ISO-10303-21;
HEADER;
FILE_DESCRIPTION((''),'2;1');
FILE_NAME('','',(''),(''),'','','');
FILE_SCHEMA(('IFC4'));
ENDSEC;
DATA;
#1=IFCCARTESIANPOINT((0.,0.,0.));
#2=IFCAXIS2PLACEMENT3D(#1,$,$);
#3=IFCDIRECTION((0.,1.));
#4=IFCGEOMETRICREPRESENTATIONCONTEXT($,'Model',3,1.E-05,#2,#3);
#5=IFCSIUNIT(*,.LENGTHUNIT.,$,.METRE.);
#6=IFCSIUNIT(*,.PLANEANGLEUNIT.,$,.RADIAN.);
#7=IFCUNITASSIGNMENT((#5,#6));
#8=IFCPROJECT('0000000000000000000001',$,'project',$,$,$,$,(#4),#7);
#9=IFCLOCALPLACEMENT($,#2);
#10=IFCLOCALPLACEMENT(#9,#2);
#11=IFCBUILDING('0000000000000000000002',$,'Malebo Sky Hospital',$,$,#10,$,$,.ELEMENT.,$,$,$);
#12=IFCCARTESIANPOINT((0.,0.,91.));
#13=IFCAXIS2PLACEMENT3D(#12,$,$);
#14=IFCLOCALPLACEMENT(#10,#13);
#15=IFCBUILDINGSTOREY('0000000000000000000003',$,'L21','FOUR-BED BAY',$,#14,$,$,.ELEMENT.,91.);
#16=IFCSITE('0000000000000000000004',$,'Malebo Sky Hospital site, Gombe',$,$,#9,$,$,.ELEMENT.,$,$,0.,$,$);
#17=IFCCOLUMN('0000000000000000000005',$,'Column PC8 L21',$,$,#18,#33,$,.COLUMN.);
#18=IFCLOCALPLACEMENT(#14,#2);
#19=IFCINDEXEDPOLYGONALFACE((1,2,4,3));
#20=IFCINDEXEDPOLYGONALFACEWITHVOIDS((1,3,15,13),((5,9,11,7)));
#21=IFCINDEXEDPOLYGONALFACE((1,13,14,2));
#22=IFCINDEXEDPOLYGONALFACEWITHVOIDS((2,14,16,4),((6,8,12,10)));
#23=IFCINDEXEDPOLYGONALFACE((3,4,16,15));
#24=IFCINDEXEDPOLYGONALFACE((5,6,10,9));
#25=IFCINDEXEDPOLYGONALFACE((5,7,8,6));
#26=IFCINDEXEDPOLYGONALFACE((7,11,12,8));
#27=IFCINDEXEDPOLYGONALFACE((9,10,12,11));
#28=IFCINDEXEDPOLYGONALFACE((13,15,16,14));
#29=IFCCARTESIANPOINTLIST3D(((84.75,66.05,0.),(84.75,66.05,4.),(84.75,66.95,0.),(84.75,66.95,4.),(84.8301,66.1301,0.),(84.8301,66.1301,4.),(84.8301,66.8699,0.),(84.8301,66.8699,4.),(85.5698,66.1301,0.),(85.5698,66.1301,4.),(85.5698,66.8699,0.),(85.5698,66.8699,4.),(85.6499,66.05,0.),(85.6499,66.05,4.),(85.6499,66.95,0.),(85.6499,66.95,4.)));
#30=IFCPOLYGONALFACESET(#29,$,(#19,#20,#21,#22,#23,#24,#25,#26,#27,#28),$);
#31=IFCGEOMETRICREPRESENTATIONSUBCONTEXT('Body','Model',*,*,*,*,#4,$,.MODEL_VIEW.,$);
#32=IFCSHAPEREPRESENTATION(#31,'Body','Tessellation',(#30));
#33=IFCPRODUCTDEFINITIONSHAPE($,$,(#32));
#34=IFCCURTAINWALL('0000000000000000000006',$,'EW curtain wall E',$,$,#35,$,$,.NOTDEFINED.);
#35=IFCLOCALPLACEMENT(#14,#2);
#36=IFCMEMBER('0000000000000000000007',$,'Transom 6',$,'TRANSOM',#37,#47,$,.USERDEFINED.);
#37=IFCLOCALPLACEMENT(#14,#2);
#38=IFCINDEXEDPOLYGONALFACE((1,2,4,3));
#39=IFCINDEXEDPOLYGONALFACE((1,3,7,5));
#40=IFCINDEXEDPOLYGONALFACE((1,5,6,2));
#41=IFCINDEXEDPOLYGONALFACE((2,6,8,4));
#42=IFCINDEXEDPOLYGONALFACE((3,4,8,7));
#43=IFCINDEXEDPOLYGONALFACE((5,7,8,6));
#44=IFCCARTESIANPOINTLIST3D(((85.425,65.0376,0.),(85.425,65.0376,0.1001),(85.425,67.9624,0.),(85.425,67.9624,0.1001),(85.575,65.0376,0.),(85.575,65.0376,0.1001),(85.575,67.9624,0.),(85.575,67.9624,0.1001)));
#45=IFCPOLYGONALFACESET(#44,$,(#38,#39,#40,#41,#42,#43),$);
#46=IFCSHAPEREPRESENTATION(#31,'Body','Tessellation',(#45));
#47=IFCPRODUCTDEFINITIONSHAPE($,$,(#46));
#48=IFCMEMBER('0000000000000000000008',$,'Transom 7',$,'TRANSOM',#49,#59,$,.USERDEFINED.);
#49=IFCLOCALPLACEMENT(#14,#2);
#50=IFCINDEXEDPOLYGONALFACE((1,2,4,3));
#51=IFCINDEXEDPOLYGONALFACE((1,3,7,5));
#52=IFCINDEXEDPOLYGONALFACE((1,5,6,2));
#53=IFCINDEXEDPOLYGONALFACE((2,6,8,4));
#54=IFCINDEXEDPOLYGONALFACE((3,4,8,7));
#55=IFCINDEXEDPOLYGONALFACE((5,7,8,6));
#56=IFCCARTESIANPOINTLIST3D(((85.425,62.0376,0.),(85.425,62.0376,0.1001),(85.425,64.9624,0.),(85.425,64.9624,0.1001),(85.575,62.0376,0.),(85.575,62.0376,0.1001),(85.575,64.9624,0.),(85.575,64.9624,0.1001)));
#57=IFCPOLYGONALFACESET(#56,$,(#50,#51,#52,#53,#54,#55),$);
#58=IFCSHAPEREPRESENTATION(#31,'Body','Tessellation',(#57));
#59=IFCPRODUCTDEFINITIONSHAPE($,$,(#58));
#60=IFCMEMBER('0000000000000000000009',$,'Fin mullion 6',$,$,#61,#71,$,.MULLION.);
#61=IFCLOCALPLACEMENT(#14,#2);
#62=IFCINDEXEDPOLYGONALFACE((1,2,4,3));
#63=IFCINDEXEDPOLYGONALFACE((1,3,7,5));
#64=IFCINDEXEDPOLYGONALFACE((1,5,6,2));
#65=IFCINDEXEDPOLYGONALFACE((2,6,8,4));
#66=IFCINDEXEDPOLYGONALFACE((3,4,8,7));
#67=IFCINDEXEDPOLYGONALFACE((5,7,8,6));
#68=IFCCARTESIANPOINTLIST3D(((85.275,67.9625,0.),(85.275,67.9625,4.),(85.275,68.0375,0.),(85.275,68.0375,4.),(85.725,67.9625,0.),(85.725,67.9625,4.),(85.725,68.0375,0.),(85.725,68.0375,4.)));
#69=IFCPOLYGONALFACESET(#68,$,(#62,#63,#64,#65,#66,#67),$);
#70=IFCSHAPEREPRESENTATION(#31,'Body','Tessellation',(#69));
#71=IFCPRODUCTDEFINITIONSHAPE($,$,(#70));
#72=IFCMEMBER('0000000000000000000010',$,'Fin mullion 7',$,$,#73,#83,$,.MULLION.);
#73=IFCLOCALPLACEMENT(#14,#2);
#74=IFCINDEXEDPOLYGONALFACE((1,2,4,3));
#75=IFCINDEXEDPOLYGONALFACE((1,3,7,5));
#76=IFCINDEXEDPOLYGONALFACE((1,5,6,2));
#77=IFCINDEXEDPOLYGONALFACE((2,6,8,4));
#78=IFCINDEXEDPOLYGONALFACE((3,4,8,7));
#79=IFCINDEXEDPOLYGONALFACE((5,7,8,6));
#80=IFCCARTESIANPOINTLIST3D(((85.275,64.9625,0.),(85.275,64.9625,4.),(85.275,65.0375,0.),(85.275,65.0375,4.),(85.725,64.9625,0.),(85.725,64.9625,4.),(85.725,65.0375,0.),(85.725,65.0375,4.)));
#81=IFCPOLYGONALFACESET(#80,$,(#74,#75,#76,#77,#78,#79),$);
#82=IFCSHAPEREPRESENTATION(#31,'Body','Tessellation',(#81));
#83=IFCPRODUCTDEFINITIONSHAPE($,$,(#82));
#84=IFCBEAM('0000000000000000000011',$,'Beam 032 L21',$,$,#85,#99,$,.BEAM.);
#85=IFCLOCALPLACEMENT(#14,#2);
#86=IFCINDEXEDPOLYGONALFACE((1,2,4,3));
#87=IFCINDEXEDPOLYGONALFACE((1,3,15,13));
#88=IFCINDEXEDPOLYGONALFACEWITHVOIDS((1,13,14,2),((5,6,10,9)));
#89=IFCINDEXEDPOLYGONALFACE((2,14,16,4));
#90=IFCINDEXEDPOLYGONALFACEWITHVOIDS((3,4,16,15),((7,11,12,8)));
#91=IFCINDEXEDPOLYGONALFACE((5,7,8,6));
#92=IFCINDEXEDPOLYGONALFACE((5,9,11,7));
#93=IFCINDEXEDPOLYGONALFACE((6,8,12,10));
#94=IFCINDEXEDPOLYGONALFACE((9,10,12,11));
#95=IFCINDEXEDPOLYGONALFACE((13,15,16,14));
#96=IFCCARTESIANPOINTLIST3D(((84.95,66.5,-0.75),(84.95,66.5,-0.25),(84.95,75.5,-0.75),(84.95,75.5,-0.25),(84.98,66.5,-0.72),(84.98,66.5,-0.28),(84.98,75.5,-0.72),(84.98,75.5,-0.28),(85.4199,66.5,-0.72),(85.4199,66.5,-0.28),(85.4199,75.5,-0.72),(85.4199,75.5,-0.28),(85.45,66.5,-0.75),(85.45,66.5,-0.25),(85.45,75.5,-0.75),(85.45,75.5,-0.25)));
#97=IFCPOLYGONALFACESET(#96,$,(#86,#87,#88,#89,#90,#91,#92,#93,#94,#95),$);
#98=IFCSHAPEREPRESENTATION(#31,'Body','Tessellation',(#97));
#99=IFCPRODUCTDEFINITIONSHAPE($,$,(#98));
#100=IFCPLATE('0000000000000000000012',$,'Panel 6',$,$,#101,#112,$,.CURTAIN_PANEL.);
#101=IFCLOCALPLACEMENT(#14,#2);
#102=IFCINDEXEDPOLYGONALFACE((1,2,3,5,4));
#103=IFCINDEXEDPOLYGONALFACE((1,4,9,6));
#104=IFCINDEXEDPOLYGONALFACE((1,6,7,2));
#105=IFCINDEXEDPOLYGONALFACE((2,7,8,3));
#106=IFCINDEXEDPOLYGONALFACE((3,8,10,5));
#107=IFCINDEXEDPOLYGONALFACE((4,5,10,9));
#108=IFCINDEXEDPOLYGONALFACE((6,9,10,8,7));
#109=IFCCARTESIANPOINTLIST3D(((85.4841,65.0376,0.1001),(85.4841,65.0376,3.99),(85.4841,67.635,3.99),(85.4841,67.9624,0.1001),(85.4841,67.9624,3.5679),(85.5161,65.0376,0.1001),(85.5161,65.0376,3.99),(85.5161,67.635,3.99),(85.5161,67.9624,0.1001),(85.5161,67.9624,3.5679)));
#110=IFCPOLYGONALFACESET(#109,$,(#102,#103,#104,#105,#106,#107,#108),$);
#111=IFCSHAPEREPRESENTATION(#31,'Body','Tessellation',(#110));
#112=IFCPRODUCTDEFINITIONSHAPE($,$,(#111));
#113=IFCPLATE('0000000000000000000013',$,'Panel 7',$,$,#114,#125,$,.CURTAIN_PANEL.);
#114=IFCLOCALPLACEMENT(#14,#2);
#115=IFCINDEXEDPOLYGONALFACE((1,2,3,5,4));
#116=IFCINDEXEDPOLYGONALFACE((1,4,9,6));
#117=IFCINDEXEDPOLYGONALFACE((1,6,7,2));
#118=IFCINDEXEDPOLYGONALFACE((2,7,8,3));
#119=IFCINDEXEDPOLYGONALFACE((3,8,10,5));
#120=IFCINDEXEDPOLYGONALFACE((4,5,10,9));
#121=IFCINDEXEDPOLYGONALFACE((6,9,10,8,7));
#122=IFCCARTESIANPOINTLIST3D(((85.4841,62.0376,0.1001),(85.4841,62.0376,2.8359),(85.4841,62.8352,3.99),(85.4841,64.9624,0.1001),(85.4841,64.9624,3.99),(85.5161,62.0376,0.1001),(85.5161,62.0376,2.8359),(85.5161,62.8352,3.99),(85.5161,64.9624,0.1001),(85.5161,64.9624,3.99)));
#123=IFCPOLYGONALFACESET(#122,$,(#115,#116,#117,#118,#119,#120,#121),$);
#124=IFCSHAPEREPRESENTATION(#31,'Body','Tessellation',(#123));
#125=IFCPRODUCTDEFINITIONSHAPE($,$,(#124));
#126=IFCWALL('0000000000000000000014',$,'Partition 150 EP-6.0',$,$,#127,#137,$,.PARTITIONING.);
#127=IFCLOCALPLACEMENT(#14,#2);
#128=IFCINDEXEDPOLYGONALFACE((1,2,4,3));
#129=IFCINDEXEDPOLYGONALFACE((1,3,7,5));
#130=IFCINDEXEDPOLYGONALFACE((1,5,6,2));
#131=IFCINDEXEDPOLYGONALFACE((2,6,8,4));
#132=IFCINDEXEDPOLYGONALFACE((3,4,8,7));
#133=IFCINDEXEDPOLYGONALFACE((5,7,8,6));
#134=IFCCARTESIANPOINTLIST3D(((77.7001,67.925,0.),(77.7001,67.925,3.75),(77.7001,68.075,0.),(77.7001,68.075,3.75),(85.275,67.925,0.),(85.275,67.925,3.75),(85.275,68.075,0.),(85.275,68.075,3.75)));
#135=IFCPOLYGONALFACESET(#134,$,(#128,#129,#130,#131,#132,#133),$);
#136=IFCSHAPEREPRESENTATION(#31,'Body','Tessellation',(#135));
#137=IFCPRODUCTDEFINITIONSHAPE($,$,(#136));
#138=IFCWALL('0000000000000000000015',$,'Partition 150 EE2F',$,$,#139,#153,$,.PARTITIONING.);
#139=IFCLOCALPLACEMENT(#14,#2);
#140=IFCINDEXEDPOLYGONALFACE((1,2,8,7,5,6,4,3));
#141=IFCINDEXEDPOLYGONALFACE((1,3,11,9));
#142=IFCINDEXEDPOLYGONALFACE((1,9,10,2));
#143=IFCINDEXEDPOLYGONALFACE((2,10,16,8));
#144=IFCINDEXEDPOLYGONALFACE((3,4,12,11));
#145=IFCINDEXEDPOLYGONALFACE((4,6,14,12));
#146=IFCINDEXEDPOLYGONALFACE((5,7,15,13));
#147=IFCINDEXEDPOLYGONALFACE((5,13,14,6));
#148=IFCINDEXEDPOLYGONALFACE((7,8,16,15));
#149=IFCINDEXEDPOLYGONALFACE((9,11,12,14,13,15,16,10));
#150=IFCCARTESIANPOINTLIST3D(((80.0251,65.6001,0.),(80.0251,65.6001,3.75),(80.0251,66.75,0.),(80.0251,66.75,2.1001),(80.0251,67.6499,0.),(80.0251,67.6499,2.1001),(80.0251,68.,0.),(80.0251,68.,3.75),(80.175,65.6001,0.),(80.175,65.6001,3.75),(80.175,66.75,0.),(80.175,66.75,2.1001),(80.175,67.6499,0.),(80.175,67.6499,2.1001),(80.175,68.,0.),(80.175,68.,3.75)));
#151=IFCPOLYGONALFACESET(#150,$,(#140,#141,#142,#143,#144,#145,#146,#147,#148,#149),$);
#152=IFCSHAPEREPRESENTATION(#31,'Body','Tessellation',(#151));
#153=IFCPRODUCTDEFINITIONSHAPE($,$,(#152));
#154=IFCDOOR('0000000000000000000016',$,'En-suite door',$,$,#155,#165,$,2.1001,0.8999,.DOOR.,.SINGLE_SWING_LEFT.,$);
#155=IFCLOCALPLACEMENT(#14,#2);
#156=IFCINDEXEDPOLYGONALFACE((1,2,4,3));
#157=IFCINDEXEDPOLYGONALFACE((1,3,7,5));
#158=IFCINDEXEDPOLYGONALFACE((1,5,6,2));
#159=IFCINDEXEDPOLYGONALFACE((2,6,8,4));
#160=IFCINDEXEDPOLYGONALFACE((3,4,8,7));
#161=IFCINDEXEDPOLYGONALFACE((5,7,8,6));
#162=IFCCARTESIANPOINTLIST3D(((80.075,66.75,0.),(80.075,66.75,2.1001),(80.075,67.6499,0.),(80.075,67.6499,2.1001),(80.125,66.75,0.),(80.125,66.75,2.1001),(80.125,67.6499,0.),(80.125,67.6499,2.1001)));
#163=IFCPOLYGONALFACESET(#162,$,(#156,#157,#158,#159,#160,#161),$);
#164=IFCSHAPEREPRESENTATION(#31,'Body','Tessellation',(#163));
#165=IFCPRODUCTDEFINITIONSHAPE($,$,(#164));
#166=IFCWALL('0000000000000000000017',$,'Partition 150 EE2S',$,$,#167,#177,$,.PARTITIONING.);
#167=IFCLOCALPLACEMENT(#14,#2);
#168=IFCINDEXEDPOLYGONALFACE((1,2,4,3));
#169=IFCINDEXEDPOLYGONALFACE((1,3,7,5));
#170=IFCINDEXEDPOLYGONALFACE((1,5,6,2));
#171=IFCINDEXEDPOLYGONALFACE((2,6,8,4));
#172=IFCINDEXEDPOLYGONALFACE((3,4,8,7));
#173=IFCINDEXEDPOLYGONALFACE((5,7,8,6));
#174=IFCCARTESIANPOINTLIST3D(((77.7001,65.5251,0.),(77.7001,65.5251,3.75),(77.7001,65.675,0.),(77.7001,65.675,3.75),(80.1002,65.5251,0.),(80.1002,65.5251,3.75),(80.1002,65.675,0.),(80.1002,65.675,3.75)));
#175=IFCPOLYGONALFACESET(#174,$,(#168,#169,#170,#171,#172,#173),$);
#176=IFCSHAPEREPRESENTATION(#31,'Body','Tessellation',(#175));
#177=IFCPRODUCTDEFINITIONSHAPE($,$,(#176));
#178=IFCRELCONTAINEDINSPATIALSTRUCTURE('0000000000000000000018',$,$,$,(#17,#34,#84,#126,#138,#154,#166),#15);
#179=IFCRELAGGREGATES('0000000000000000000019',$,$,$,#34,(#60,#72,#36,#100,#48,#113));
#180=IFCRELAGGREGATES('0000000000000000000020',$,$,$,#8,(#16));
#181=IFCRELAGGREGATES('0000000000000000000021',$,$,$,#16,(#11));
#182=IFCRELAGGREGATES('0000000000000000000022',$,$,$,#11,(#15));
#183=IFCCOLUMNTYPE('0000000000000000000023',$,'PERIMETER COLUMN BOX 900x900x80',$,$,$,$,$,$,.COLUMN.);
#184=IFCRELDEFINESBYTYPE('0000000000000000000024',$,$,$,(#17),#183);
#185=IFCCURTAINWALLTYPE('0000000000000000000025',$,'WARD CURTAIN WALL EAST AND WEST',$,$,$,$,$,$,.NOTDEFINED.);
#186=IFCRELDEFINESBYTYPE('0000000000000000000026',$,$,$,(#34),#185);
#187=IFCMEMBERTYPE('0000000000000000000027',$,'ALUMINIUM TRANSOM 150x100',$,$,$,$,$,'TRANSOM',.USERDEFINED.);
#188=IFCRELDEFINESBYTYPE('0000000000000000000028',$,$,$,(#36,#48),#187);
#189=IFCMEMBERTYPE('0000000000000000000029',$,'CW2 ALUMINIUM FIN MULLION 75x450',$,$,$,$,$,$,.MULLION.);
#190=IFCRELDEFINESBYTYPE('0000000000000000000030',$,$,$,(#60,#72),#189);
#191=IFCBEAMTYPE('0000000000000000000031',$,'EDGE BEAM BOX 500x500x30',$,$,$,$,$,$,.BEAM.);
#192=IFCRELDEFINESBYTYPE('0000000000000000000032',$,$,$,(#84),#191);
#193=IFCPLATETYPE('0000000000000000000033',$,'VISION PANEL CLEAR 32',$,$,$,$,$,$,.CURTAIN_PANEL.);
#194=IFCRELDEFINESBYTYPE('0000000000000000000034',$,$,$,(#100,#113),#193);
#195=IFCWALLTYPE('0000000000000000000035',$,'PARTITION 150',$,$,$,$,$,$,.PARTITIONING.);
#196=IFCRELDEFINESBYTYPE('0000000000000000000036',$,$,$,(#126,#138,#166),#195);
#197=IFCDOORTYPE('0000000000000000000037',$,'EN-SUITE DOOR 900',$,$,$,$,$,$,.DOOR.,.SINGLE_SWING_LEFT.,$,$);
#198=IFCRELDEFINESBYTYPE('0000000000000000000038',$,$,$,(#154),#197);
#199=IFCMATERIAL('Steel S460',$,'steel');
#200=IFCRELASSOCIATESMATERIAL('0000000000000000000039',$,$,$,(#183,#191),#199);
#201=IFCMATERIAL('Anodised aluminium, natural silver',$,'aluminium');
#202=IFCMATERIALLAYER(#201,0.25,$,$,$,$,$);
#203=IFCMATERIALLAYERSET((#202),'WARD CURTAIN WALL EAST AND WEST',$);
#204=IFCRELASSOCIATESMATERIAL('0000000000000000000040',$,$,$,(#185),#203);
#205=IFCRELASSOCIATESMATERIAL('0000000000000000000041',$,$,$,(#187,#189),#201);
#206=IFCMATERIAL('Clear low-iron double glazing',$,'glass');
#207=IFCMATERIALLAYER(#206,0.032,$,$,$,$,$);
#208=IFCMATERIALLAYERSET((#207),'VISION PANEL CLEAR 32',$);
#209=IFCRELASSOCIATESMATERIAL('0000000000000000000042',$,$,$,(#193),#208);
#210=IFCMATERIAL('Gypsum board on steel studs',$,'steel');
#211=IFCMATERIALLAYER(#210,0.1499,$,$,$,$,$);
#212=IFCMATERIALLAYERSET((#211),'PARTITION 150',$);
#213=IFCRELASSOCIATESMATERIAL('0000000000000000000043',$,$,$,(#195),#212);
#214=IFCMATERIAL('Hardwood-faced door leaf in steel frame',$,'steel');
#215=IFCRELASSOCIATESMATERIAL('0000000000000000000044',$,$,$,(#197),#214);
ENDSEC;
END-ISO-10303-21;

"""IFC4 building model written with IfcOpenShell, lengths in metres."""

from ifc_helpers import new_model, si_unit, direction, frame, frame_2d, origin, origin_2d, place, context, subcontext, project, spatial, polyline, rectangle, hollow_rectangle, outline, extrude, material, layer, layer_set, material_profile, profile_set, type_object, element, fill, aggregate, save


model = new_model("IFC4")

# Units and contexts
model_context = context("Model", 3, precision=1e-05, world=origin(), true_north=direction((0.0, 1.0)))
body_context = subcontext(model_context, "Body", "Model", "MODEL_VIEW")
ifc_project = project(units=[si_unit("LENGTHUNIT", "METRE"), si_unit("PLANEANGLEUNIT", "RADIAN")], contexts=[model_context])

# Site, building, storey
site_placement = place(None, origin())
site = spatial("IfcSite", under=ifc_project, at=site_placement, Name="Malebo Sky Hospital site, Gombe", CompositionType="ELEMENT", RefElevation=0.0)
building_placement = place(site_placement, origin())
building = spatial("IfcBuilding", under=site, at=building_placement, Name="Malebo Sky Hospital", CompositionType="ELEMENT")
storey_placement = place(building_placement, frame((0.0, 0.0, 91.0)))
storey = spatial("IfcBuildingStorey", under=building, at=storey_placement, Name="L21", Description="FOUR-BED BAY", CompositionType="ELEMENT", Elevation=91.0)

# Column
ifc_material_1 = material(Name="Steel S460", Category="steel")
ifc_material_profile_1 = material_profile(ifc_material_1, hollow_rectangle(XDim=0.8999, YDim=0.8999, WallThickness=0.0801, at=origin_2d()), Name="BOX 900x900x80")
ifc_profile_set_1 = profile_set([ifc_material_profile_1], Name="Steel S460")
column_type = type_object("IfcColumnType", Name="PERIMETER COLUMN BOX 900x900x80", PredefinedType="COLUMN", material=ifc_profile_set_1)
column_placement = place(storey_placement, frame((85.2, 66.5, 0.0), z_axis=(0.0, 0.0, 1.0), x_axis=(1.0, 0.0, 0.0)))
element("IfcColumn", 1, at=column_placement, inside=storey, type_object=column_type, Name="Column PC8 L21", PredefinedType="COLUMN", context=body_context, shape_type="SweptSolid", body=[
    extrude(hollow_rectangle(XDim=0.8999, YDim=0.8999, WallThickness=0.0801, at=origin_2d()), origin(), (0.0, 0.0, 1.0), 4.0),
])

# Curtain wall, members
ifc_material_2 = material(Name="Anodised aluminium, natural silver", Category="aluminium")
ifc_layer_1 = layer(ifc_material_2, 0.25)
ifc_layer_set_1 = layer_set([ifc_layer_1], Name="WARD CURTAIN WALL EAST AND WEST")
curtain_wall_type = type_object("IfcCurtainWallType", Name="WARD CURTAIN WALL EAST AND WEST", PredefinedType="NOTDEFINED", material=ifc_layer_set_1)
curtain_wall_placement = place(storey_placement, origin())
curtain_wall = element("IfcCurtainWall", 2, at=curtain_wall_placement, inside=storey, type_object=curtain_wall_type, Name="EW curtain wall E", PredefinedType="NOTDEFINED")
ifc_material_profile_2 = material_profile(ifc_material_2, rectangle(XDim=0.1499, YDim=0.1001, at=origin_2d()), Name="ALUMINIUM TRANSOM 150x100")
ifc_profile_set_2 = profile_set([ifc_material_profile_2], Name="Anodised aluminium, natural silver")
member_type_1 = type_object("IfcMemberType", Name="ALUMINIUM TRANSOM 150x100", ElementType="TRANSOM", PredefinedType="USERDEFINED", material=ifc_profile_set_2)
member_1_placement = place(storey_placement, frame((85.5, 67.9624, 0.05), z_axis=(0.0, -1.0, 0.0), x_axis=(1.0, 0.0, 0.0)))
member_1 = element("IfcMember", 3, at=member_1_placement, type_object=member_type_1, Name="Transom 6", ObjectType="TRANSOM", PredefinedType="USERDEFINED", context=body_context, shape_type="SweptSolid", body=[
    extrude(rectangle(XDim=0.1499, YDim=0.1001, at=origin_2d()), origin(), (0.0, 0.0, 1.0), 2.9248),
])
member_2_placement = place(storey_placement, frame((85.5, 64.9624, 0.05), z_axis=(0.0, -1.0, 0.0), x_axis=(1.0, 0.0, 0.0)))
member_2 = element("IfcMember", 4, at=member_2_placement, type_object=member_type_1, Name="Transom 7", ObjectType="TRANSOM", PredefinedType="USERDEFINED", context=body_context, shape_type="SweptSolid", body=[
    extrude(rectangle(XDim=0.1499, YDim=0.1001, at=origin_2d()), origin(), (0.0, 0.0, 1.0), 2.9248),
])
ifc_material_profile_3 = material_profile(ifc_material_2, rectangle(XDim=0.075, YDim=0.45, at=origin_2d()), Name="CW2 ALUMINIUM FIN MULLION 75x450")
ifc_profile_set_3 = profile_set([ifc_material_profile_3], Name="Anodised aluminium, natural silver")
member_type_2 = type_object("IfcMemberType", Name="CW2 ALUMINIUM FIN MULLION 75x450", PredefinedType="MULLION", material=ifc_profile_set_3)
member_3_placement = place(storey_placement, frame((85.5, 68.0, 0.0), z_axis=(0.0, 0.0, 1.0), x_axis=(0.0, -1.0, 0.0)))
member_3 = element("IfcMember", 5, at=member_3_placement, type_object=member_type_2, Name="Fin mullion 6", PredefinedType="MULLION", context=body_context, shape_type="SweptSolid", body=[
    extrude(rectangle(XDim=0.075, YDim=0.45, at=origin_2d()), origin(), (0.0, 0.0, 1.0), 4.0),
])
member_4_placement = place(storey_placement, frame((85.5, 65.0, 0.0), z_axis=(0.0, 0.0, 1.0), x_axis=(0.0, -1.0, 0.0)))
member_4 = element("IfcMember", 6, at=member_4_placement, type_object=member_type_2, Name="Fin mullion 7", PredefinedType="MULLION", context=body_context, shape_type="SweptSolid", body=[
    extrude(rectangle(XDim=0.075, YDim=0.45, at=origin_2d()), origin(), (0.0, 0.0, 1.0), 4.0),
])

# Beam
ifc_material_profile_4 = material_profile(ifc_material_1, hollow_rectangle(XDim=0.5, YDim=0.5, WallThickness=0.03, at=origin_2d()), Name="BOX 500x500x30")
ifc_profile_set_4 = profile_set([ifc_material_profile_4], Name="Steel S460")
beam_type = type_object("IfcBeamType", Name="EDGE BEAM BOX 500x500x30", PredefinedType="BEAM", material=ifc_profile_set_4)
beam_placement = place(storey_placement, frame((85.2, 66.5, -0.5), z_axis=(0.0, 1.0, 0.0), x_axis=(-1.0, 0.0, 0.0)))
element("IfcBeam", 7, at=beam_placement, inside=storey, type_object=beam_type, Name="Beam 032 L21", PredefinedType="BEAM", context=body_context, shape_type="SweptSolid", body=[
    extrude(hollow_rectangle(XDim=0.5, YDim=0.5, WallThickness=0.03, at=origin_2d()), origin(), (0.0, 0.0, 1.0), 9.0),
])

# Plates
ifc_material_3 = material(Name="Clear low-iron double glazing", Category="glass")
ifc_layer_2 = layer(ifc_material_3, 0.032)
ifc_layer_set_2 = layer_set([ifc_layer_2], Name="VISION PANEL CLEAR 32")
plate_type = type_object("IfcPlateType", Name="VISION PANEL CLEAR 32", PredefinedType="CURTAIN_PANEL", material=ifc_layer_set_2)
plate_1_placement = place(storey_placement, frame((85.5, 66.5, 0.1001), z_axis=(0.0, 0.0, 1.0), x_axis=(0.0, -1.0, 0.0)))
plate_1 = element("IfcPlate", 8, at=plate_1_placement, type_object=plate_type, Name="Panel 6", PredefinedType="CURTAIN_PANEL", context=body_context, shape_type="SweptSolid", body=[
    extrude(outline(polyline([(-1.4624, 0.0), (1.4624, 0.0), (1.4624, 3.8899), (-1.135, 3.8899), (-1.4624, 3.4678), (-1.4624, 0.0)])), frame((0.0, 0.0161, 0.0), z_axis=(0.0, -1.0, 0.0), x_axis=(1.0, 0.0, 0.0)), (0.0, 0.0, 1.0), 0.032),
])
plate_2_placement = place(storey_placement, frame((85.5, 63.5, 0.1001), z_axis=(0.0, 0.0, 1.0), x_axis=(0.0, -1.0, 0.0)))
plate_2 = element("IfcPlate", 9, at=plate_2_placement, type_object=plate_type, Name="Panel 7", PredefinedType="CURTAIN_PANEL", context=body_context, shape_type="SweptSolid", body=[
    extrude(outline(polyline([(-1.4624, 0.0), (1.4624, 0.0), (1.4624, 2.7358), (0.6648, 3.8899), (-1.4624, 3.8899), (-1.4624, 0.0)])), frame((0.0, 0.0161, 0.0), z_axis=(0.0, -1.0, 0.0), x_axis=(1.0, 0.0, 0.0)), (0.0, 0.0, 1.0), 0.032),
])
aggregate(curtain_wall, [member_3, member_4, member_1, plate_1, member_2, plate_2])

# Wall
ifc_material_4 = material(Name="Gypsum board on steel studs", Category="steel")
ifc_layer_3 = layer(ifc_material_4, 0.1499)
ifc_layer_set_3 = layer_set([ifc_layer_3], Name="PARTITION 150")
wall_type_1 = type_object("IfcWallType", Name="PARTITION 150", PredefinedType="PARTITIONING", material=ifc_layer_set_3)
wall_1_placement = place(storey_placement, frame((77.7, 68.0, 0.0), z_axis=(0.0, 0.0, 1.0), x_axis=(1.0, 0.0, 0.0)))
element("IfcWall", 10, at=wall_1_placement, inside=storey, type_object=wall_type_1, Name="Partition 150 EP-6.0", PredefinedType="PARTITIONING", context=body_context, shape_type="SweptSolid", body=[
    extrude(rectangle(XDim=7.575, YDim=0.1499, at=frame_2d((3.7876, 0.0))), origin(), (0.0, 0.0, 1.0), 3.75),
])

# Wall, opening, door
wall_2_placement = place(storey_placement, frame((80.1001, 68.0, 0.0), z_axis=(0.0, 0.0, 1.0), x_axis=(0.0, -1.0, 0.0)))
wall_2 = element("IfcWall", 11, at=wall_2_placement, inside=storey, type_object=wall_type_1, Name="Partition 150 EE2F", PredefinedType="PARTITIONING", context=body_context, shape_type="SweptSolid", body=[
    extrude(rectangle(XDim=2.3999, YDim=0.1499, at=frame_2d((1.2, 0.0))), origin(), (0.0, 0.0, 1.0), 3.75),
])
opening_1_placement = place(wall_2_placement, frame((0.3501, 0.0, 0.0)))
opening_1 = element("IfcOpeningElement", 12, at=opening_1_placement, cuts=wall_2, PredefinedType="OPENING", context=body_context, shape_type="SweptSolid", body=[
    extrude(rectangle(XDim=0.8999, YDim=2.1001, at=frame_2d((0.45, 1.05))), frame((0.0, 0.085, 0.0), z_axis=(0.0, -1.0, 0.0), x_axis=(1.0, 0.0, 0.0)), (0.0, 0.0, 1.0), 0.1699),
])
ifc_material_5 = material(Name="Hardwood-faced door leaf in steel frame", Category="steel")
door_type = type_object("IfcDoorType", Name="EN-SUITE DOOR 900", OperationType="SINGLE_SWING_LEFT", PredefinedType="DOOR", material=ifc_material_5)
door_1_placement = place(opening_1_placement, origin())
door_1 = element("IfcDoor", 13, at=door_1_placement, inside=storey, type_object=door_type, Name="En-suite door", OperationType="SINGLE_SWING_LEFT", OverallHeight=2.1001, OverallWidth=0.8999, PredefinedType="DOOR", context=body_context, shape_type="SweptSolid", body=[
    extrude(rectangle(XDim=0.8999, YDim=2.1001, at=frame_2d((0.45, 1.05))), frame((0.0, 0.0249, 0.0), z_axis=(0.0, -1.0, 0.0), x_axis=(1.0, 0.0, 0.0)), (0.0, 0.0, 1.0), 0.05),
])
fill(opening_1, door_1)

# Wall
wall_3_placement = place(storey_placement, frame((77.7, 65.6001, 0.0), z_axis=(0.0, 0.0, 1.0), x_axis=(1.0, 0.0, 0.0)))
element("IfcWall", 14, at=wall_3_placement, inside=storey, type_object=wall_type_1, Name="Partition 150 EE2S", PredefinedType="PARTITIONING", context=body_context, shape_type="SweptSolid", body=[
    extrude(rectangle(XDim=2.4001, YDim=0.1499, at=frame_2d((1.2002, 0.0))), origin(), (0.0, 0.0, 1.0), 3.75),
])

save(model, "model.ifc")
